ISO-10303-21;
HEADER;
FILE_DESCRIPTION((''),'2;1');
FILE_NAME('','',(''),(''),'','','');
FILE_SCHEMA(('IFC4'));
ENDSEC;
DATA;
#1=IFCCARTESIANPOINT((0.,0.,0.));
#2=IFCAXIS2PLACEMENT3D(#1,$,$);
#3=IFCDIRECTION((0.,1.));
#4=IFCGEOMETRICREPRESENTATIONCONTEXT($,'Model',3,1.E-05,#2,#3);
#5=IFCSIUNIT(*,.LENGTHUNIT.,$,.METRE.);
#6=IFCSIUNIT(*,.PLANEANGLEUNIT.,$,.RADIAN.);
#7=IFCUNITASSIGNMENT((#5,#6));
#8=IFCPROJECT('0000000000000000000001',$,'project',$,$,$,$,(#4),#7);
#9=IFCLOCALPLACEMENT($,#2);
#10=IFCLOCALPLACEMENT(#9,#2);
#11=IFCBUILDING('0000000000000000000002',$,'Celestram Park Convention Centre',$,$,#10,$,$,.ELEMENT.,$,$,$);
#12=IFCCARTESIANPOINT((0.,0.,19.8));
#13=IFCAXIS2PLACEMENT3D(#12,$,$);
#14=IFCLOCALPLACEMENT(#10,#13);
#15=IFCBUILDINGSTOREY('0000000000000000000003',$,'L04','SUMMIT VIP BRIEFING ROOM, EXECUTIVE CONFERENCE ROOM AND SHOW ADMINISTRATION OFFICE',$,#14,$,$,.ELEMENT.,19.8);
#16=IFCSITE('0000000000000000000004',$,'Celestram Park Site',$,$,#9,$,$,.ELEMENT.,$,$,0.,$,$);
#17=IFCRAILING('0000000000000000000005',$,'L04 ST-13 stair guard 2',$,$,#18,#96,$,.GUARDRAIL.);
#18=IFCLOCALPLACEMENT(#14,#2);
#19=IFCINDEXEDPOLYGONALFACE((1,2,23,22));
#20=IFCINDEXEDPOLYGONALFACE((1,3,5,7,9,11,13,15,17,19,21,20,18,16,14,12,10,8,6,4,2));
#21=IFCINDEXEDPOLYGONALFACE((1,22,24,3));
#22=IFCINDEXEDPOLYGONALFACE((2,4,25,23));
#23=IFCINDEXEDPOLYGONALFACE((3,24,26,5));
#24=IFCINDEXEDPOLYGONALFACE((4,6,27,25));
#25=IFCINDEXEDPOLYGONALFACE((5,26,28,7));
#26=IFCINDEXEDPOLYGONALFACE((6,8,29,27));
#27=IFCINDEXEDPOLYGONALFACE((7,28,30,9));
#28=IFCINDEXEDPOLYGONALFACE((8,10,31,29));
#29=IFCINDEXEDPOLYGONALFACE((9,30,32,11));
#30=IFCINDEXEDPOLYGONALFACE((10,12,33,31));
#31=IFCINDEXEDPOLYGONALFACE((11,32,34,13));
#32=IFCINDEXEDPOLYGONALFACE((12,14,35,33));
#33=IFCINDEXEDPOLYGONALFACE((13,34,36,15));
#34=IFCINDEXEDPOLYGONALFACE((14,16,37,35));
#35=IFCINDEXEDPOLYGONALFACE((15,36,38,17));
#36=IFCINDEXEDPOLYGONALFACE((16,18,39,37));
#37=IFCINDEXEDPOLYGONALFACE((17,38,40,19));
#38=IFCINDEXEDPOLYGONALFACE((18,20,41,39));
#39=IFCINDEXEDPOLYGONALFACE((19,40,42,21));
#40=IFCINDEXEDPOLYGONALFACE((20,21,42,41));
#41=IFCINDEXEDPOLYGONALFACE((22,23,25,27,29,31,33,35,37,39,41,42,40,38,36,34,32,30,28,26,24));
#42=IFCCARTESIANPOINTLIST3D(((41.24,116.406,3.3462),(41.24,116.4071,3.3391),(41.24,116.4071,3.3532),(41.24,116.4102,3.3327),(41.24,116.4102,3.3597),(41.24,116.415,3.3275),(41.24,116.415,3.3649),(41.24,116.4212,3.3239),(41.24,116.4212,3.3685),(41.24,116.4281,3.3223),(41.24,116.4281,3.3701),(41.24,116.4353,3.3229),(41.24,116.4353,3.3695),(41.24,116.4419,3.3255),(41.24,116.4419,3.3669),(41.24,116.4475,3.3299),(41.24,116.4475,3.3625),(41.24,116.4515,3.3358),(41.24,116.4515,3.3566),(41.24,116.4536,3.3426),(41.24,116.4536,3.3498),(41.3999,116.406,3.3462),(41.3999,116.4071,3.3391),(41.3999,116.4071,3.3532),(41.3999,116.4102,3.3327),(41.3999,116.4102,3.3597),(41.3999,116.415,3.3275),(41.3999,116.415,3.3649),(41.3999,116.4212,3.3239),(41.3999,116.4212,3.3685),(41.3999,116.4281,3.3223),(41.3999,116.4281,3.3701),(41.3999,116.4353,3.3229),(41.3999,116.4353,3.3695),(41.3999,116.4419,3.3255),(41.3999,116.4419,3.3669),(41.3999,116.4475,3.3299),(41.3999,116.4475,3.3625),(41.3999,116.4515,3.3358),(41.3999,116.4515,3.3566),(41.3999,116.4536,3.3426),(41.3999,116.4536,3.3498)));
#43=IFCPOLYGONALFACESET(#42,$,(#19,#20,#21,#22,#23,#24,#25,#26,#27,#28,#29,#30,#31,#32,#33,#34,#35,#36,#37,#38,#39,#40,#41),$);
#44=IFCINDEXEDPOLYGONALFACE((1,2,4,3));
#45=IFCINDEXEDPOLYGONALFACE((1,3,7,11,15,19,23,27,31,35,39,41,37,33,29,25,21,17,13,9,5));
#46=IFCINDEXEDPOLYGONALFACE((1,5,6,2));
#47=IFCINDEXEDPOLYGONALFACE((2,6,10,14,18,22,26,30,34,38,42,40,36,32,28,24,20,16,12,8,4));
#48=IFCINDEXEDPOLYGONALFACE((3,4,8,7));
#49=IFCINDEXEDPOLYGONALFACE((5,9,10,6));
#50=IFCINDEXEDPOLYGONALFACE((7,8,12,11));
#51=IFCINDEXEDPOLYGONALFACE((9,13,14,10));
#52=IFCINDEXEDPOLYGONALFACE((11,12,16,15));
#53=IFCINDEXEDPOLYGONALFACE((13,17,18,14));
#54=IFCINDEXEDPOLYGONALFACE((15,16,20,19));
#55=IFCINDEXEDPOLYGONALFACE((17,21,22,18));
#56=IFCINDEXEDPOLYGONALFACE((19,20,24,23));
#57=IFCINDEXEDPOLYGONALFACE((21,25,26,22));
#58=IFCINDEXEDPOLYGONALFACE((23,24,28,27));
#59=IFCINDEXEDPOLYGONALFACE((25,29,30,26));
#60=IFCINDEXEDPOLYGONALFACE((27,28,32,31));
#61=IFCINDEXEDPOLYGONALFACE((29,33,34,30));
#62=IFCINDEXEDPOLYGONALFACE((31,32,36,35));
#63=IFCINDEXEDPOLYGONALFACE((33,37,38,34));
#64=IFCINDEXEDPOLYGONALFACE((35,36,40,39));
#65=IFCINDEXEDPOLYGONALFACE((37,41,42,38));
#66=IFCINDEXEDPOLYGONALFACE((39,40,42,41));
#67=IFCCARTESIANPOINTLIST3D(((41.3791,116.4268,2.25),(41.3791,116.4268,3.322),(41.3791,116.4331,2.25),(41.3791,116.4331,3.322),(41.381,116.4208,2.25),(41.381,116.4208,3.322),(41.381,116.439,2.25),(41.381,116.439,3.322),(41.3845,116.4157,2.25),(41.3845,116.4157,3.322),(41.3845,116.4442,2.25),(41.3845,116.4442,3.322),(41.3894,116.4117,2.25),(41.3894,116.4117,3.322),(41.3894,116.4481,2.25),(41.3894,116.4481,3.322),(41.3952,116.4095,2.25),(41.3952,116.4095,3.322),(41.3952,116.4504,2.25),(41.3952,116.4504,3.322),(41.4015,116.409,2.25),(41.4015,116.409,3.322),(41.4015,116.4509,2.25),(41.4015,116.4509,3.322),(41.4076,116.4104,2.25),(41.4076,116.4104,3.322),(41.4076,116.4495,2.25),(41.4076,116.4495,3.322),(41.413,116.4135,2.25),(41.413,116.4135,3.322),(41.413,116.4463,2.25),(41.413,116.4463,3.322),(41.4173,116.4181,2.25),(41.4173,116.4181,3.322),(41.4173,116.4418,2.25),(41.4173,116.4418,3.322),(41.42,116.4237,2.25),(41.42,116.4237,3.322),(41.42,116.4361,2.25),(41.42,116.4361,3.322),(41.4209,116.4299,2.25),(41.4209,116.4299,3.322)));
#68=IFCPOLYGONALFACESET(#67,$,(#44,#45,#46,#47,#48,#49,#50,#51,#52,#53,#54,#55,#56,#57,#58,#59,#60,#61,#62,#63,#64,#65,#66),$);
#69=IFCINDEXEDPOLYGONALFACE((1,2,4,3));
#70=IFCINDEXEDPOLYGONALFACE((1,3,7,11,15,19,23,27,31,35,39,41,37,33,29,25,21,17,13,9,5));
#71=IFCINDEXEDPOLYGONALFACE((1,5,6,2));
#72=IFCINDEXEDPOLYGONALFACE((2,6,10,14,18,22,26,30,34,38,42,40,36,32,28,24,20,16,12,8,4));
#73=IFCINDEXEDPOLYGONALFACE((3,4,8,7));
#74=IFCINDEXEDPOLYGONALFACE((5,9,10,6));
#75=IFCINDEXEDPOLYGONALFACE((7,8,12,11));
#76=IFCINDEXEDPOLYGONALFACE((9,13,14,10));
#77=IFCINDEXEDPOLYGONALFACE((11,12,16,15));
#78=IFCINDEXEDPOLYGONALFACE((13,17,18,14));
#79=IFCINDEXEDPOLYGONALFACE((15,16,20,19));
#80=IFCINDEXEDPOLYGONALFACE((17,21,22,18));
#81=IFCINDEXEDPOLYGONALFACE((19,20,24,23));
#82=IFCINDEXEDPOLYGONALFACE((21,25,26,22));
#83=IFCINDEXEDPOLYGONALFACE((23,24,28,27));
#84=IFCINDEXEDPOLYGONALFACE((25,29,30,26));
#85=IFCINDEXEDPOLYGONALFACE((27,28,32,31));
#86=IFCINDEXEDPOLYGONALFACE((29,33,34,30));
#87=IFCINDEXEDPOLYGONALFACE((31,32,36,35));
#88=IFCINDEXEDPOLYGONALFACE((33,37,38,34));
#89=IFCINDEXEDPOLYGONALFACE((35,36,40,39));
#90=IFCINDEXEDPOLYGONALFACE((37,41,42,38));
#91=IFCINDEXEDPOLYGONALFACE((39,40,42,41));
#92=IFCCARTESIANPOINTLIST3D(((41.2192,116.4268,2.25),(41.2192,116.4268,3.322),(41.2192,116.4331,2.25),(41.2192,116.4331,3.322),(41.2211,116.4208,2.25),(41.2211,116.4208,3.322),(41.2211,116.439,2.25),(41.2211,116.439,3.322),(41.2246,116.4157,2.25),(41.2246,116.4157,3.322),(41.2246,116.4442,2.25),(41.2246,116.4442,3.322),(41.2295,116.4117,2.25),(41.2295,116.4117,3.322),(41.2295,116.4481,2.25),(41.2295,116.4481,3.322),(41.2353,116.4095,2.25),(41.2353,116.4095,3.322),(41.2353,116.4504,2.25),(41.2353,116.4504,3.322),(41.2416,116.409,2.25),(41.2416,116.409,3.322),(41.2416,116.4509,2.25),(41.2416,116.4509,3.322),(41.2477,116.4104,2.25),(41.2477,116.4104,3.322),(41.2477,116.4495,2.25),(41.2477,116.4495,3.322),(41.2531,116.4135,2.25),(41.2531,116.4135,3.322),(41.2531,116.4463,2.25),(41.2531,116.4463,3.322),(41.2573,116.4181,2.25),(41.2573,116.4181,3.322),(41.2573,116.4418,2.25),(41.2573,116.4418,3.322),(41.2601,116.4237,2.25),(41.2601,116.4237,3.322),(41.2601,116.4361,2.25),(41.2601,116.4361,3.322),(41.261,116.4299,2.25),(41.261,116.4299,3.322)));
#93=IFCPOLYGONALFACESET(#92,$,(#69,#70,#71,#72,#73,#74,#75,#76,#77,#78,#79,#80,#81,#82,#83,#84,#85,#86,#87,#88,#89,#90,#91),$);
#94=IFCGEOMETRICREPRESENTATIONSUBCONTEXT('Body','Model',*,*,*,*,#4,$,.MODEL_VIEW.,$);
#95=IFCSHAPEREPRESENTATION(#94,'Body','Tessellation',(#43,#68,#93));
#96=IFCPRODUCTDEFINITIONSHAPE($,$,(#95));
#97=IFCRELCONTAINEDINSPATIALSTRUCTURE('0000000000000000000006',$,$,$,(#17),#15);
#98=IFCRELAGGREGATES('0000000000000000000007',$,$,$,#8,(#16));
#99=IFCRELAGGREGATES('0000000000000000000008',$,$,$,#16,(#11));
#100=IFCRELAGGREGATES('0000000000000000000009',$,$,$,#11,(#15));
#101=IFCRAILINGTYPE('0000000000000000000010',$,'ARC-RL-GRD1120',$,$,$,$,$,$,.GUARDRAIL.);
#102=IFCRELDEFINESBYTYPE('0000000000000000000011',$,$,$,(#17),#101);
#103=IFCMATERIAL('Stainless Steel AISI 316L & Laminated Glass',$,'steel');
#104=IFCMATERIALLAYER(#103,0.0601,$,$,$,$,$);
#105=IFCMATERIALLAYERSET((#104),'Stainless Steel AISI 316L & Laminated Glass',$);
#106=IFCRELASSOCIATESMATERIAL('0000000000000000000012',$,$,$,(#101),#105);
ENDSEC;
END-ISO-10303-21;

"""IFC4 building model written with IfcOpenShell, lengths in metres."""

from ifc_helpers import new_model, si_unit, direction, frame, origin, origin_2d, place, context, subcontext, project, spatial, circle, extrude, material, layer, layer_set, type_object, element, save


model = new_model("IFC4")

# Units and contexts
model_context = context("Model", 3, precision=1e-05, world=origin(), true_north=direction((0.0, 1.0)))
body_context = subcontext(model_context, "Body", "Model", "MODEL_VIEW")
ifc_project = project(units=[si_unit("LENGTHUNIT", "METRE"), si_unit("PLANEANGLEUNIT", "RADIAN")], contexts=[model_context])

# Site, building, storey
site_placement = place(None, origin())
site = spatial("IfcSite", under=ifc_project, at=site_placement, Name="Celestram Park Site", CompositionType="ELEMENT", RefElevation=0.0)
building_placement = place(site_placement, origin())
building = spatial("IfcBuilding", under=site, at=building_placement, Name="Celestram Park Convention Centre", CompositionType="ELEMENT")
storey_placement = place(building_placement, frame((0.0, 0.0, 19.8)))
storey = spatial("IfcBuildingStorey", under=building, at=storey_placement, Name="L04", Description="SUMMIT VIP BRIEFING ROOM, EXECUTIVE CONFERENCE ROOM AND SHOW ADMINISTRATION OFFICE", CompositionType="ELEMENT", Elevation=19.8)

# Railing
ifc_material_1 = material(Name="Stainless Steel AISI 316L & Laminated Glass", Category="steel")
ifc_layer_1 = layer(ifc_material_1, 0.0601)
ifc_layer_set_1 = layer_set([ifc_layer_1], Name="Stainless Steel AISI 316L & Laminated Glass")
railing_type_1 = type_object("IfcRailingType", Name="ARC-RL-GRD1120", PredefinedType="GUARDRAIL", material=ifc_layer_set_1)
railing_1_placement = place(storey_placement, frame((41.3999, 116.4299, 2.25)))
element("IfcRailing", 1, at=railing_1_placement, inside=storey, type_object=railing_type_1, Name="L04 ST-13 stair guard 2", PredefinedType="GUARDRAIL", context=body_context, shape_type="SweptSolid", body=[
    extrude(circle(Radius=0.0239, at=origin_2d()), frame((0.0, 0.0, 1.0962), z_axis=(-1.0, 0.0, 0.0), x_axis=(0.0, -1.0, 0.0)), (0.0, 0.0, 1.0), 0.1599),
    extrude(circle(Radius=0.021, at=origin_2d()), origin(), (0.0, 0.0, 1.0), 1.072),
    extrude(circle(Radius=0.021, at=origin_2d()), frame((-0.1599, 0.0, 0.0)), (0.0, 0.0, 1.0), 1.072),
])

save(model, "model.ifc")
